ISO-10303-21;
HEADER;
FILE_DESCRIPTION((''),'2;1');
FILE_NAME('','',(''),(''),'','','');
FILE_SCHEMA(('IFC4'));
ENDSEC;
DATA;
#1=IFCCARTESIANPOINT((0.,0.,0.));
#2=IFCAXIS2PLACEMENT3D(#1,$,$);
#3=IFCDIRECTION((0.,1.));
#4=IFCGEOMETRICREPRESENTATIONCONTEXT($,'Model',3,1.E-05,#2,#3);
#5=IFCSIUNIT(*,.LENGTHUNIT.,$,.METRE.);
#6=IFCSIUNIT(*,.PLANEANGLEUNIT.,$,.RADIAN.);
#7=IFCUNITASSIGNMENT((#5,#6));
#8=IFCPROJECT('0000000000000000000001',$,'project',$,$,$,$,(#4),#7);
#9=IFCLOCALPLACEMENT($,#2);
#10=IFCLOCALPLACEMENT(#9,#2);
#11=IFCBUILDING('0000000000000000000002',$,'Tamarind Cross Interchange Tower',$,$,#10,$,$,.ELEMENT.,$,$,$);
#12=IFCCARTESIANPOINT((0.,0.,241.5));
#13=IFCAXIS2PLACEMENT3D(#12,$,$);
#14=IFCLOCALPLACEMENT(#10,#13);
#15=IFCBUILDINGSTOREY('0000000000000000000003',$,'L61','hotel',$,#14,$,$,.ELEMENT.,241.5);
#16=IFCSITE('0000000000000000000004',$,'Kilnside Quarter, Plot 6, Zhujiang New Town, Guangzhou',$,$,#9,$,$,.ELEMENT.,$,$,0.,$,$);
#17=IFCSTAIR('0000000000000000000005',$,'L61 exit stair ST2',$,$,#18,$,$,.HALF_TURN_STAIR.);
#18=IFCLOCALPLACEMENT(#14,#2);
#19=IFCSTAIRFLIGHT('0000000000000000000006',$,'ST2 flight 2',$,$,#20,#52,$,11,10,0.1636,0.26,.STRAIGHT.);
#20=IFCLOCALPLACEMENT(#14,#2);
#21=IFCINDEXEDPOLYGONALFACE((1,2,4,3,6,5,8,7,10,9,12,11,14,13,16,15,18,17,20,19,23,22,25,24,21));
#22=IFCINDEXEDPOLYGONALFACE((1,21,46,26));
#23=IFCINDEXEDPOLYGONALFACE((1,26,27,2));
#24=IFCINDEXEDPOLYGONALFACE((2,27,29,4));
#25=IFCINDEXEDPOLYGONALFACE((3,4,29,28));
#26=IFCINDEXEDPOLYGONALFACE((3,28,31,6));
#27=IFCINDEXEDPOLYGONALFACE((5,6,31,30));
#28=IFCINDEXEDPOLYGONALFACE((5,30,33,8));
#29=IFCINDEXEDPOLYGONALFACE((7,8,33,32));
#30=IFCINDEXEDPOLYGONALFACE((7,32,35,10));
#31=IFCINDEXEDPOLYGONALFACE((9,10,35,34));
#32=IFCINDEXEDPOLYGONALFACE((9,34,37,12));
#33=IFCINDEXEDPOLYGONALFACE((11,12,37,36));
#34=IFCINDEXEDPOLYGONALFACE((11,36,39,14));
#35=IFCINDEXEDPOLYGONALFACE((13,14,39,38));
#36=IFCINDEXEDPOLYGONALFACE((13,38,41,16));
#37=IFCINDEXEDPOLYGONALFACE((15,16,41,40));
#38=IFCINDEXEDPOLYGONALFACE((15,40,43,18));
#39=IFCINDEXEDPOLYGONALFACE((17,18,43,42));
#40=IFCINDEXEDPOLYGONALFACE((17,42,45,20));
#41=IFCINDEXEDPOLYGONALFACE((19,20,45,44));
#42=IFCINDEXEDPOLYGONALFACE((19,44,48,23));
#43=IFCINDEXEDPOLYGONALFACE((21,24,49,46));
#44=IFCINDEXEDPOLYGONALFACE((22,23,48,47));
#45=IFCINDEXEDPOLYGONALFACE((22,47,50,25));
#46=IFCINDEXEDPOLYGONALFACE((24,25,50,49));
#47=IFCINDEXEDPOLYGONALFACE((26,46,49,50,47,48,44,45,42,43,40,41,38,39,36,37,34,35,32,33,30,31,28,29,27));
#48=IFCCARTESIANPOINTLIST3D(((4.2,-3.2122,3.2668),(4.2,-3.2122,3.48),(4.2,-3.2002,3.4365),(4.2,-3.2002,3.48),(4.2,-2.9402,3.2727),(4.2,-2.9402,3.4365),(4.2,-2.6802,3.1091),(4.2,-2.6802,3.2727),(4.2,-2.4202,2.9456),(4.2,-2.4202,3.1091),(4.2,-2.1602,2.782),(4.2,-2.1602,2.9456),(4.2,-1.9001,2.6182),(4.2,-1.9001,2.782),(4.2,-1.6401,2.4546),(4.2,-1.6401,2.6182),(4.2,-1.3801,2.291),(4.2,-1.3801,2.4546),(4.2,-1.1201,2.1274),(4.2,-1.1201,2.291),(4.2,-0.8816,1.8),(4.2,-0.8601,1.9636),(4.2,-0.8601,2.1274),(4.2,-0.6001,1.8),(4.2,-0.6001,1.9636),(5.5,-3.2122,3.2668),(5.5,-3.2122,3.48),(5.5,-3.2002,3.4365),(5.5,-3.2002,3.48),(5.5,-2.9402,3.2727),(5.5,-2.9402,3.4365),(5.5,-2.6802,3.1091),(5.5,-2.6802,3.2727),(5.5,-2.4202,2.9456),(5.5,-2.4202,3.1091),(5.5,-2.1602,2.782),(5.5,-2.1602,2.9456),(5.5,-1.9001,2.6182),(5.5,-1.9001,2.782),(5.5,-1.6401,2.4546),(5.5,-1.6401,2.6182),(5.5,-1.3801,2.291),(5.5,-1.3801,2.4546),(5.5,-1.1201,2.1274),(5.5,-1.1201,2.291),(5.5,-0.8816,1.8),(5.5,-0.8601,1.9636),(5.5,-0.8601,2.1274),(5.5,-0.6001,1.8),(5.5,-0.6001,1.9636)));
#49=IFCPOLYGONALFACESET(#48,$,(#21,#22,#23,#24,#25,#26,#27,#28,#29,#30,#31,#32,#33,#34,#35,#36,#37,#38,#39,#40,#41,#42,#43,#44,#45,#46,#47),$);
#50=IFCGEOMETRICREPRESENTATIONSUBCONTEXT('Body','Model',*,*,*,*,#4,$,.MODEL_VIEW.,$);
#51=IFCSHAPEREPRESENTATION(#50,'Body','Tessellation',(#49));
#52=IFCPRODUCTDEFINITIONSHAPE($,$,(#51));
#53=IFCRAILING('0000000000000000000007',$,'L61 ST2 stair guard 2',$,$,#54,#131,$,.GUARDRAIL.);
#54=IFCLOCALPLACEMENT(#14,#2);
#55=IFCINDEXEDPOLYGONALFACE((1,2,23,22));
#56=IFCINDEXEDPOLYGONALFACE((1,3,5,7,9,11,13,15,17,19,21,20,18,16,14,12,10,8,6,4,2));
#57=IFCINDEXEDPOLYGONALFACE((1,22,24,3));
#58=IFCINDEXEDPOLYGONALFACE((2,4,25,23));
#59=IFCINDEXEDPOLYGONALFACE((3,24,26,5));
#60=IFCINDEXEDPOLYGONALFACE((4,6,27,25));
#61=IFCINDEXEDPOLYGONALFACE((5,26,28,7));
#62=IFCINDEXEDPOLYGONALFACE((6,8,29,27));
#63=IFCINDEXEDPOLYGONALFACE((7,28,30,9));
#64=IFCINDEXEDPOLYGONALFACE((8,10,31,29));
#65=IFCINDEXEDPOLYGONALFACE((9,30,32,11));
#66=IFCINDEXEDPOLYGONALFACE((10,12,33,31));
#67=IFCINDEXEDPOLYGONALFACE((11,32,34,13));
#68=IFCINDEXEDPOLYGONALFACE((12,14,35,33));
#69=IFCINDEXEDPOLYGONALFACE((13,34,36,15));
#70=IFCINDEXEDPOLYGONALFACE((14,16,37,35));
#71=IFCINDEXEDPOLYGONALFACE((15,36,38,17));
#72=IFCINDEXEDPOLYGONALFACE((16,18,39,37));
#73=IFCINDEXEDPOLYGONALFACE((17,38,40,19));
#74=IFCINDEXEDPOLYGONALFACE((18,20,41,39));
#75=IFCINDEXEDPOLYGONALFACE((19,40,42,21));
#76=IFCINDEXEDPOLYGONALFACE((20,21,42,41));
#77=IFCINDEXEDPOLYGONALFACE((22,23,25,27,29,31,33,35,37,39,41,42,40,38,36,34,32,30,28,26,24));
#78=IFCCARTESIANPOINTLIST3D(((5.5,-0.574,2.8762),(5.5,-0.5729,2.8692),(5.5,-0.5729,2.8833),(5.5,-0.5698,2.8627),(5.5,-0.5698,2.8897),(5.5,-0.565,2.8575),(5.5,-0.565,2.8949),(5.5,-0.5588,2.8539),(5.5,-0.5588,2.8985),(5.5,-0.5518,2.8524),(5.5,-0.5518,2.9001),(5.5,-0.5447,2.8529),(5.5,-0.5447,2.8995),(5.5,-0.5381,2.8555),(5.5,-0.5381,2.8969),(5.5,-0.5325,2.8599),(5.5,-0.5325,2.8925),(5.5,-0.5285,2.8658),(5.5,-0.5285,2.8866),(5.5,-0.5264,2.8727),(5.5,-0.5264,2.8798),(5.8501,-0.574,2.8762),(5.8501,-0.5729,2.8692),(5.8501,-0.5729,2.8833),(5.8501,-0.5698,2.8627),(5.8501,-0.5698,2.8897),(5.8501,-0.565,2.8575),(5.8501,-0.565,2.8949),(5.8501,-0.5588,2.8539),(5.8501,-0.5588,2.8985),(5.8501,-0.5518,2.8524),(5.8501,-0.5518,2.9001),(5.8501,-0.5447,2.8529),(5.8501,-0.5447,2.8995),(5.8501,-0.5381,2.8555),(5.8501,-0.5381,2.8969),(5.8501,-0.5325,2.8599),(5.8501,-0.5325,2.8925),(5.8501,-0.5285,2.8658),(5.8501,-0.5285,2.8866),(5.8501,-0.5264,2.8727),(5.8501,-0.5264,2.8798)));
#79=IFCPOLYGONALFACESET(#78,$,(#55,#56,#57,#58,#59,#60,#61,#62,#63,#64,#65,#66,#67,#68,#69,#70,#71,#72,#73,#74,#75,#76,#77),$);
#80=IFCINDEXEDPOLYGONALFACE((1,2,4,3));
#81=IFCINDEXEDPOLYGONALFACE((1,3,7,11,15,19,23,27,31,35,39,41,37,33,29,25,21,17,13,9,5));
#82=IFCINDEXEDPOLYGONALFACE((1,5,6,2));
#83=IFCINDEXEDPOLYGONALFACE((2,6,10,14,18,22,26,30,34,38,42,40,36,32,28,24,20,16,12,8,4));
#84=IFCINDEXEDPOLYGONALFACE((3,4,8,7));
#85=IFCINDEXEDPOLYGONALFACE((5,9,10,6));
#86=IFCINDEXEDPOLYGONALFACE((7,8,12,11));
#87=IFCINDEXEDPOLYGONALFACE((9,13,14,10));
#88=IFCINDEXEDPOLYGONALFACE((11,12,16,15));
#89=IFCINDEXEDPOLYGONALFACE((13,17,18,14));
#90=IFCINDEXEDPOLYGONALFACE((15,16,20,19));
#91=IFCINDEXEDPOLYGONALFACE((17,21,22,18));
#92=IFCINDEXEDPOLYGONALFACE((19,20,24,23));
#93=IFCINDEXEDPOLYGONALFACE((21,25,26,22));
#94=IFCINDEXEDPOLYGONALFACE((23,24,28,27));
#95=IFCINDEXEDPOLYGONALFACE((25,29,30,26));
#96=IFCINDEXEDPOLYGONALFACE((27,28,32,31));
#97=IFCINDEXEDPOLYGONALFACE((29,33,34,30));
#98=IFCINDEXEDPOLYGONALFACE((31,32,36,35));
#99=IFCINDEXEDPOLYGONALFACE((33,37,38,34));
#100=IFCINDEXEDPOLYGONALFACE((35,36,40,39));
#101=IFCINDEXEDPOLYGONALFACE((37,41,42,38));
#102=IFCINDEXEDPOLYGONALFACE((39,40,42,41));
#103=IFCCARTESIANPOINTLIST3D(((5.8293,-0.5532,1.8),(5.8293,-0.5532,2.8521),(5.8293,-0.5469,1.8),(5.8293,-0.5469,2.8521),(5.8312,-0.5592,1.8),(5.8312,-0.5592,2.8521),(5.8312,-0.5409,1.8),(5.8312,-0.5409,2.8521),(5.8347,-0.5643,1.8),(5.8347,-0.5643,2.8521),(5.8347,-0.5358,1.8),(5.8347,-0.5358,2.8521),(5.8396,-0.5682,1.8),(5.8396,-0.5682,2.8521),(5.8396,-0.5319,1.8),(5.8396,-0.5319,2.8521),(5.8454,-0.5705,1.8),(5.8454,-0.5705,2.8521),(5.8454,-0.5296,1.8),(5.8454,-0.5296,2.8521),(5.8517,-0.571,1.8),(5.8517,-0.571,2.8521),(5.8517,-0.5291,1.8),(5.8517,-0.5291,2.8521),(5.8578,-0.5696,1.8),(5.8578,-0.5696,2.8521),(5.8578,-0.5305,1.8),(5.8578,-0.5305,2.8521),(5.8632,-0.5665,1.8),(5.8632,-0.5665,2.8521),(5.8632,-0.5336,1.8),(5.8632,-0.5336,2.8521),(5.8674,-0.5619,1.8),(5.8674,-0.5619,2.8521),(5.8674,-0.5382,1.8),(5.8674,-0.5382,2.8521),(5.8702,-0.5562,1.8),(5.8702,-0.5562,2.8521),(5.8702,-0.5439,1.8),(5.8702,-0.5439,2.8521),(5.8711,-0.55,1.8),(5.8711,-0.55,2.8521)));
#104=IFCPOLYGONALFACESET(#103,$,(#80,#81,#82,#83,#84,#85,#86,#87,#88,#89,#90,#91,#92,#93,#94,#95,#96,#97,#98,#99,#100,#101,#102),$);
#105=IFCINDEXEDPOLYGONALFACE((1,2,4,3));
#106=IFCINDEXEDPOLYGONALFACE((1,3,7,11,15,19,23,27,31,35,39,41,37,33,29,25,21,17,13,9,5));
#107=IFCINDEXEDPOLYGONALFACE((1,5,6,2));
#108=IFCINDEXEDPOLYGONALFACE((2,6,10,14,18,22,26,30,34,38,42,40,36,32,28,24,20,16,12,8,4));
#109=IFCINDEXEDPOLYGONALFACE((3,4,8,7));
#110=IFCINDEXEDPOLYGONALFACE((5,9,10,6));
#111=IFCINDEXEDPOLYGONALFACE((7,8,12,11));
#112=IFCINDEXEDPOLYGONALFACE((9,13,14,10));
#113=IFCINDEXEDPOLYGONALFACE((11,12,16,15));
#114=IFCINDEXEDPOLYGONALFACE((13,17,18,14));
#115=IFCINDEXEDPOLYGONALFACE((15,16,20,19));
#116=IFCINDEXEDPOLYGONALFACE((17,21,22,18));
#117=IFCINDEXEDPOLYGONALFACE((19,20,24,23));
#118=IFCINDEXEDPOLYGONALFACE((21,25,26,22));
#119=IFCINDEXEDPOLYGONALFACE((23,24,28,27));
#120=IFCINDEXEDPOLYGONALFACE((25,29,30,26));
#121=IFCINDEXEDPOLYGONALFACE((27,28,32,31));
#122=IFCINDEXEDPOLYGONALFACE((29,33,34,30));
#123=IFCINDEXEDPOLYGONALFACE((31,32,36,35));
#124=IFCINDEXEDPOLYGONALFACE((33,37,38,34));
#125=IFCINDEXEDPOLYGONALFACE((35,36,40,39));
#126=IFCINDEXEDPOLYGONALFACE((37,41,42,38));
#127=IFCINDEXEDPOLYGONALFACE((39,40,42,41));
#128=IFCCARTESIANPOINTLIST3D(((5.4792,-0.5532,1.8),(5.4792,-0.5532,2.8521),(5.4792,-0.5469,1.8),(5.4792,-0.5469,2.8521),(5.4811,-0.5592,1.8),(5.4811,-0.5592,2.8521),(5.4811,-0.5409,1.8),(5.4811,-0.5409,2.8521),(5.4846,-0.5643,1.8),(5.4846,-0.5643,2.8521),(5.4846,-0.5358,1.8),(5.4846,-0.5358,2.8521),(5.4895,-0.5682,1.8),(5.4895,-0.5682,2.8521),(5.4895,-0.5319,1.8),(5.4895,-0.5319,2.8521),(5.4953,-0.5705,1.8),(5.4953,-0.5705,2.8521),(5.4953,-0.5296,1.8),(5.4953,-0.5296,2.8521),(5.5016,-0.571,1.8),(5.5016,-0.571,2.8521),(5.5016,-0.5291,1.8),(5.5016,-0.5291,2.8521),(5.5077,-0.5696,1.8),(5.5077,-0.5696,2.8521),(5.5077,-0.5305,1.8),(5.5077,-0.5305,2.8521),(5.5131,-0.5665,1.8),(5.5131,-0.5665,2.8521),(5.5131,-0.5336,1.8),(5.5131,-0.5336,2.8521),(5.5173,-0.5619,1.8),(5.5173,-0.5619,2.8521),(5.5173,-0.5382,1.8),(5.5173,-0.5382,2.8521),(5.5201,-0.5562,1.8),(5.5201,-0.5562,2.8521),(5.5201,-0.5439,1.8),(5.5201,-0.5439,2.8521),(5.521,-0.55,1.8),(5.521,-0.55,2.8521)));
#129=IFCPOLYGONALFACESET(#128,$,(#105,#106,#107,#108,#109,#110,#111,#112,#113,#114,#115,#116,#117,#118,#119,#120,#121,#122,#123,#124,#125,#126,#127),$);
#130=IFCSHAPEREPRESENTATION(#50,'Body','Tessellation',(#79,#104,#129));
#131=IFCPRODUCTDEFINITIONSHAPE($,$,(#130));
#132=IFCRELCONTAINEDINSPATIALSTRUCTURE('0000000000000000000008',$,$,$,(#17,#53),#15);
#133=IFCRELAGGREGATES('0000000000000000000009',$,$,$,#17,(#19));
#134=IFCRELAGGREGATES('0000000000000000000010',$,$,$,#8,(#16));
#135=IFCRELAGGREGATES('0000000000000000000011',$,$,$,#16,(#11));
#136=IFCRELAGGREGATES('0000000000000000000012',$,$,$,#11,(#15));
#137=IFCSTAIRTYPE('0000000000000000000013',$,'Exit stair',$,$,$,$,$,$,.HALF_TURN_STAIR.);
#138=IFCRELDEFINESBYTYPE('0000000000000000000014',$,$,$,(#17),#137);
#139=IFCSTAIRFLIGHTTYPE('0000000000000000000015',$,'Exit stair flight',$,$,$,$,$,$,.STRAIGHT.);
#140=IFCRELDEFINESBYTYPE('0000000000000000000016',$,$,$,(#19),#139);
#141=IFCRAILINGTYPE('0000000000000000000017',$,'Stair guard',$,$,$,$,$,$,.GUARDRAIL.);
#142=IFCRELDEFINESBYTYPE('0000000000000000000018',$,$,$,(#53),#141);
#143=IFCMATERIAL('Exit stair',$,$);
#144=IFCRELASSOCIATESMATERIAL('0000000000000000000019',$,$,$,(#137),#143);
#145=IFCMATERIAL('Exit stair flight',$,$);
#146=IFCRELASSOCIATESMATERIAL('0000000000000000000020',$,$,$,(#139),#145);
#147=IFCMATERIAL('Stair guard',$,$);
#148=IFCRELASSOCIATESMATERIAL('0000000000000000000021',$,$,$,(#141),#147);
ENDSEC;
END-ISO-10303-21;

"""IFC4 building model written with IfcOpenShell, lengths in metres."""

from ifc_helpers import new_model, si_unit, direction, frame, origin, origin_2d, place, context, subcontext, project, spatial, polyline, circle, outline, extrude, material, type_object, element, aggregate, save


model = new_model("IFC4")

# Units and contexts
model_context = context("Model", 3, precision=1e-05, world=origin(), true_north=direction((0.0, 1.0)))
body_context = subcontext(model_context, "Body", "Model", "MODEL_VIEW")
ifc_project = project(units=[si_unit("LENGTHUNIT", "METRE"), si_unit("PLANEANGLEUNIT", "RADIAN")], contexts=[model_context])

# Site, building, storey
site_placement = place(None, origin())
site = spatial("IfcSite", under=ifc_project, at=site_placement, Name="Kilnside Quarter, Plot 6, Zhujiang New Town, Guangzhou", CompositionType="ELEMENT", RefElevation=0.0)
building_placement = place(site_placement, origin())
building = spatial("IfcBuilding", under=site, at=building_placement, Name="Tamarind Cross Interchange Tower", CompositionType="ELEMENT")
storey_placement = place(building_placement, frame((0.0, 0.0, 241.5)))
storey = spatial("IfcBuildingStorey", under=building, at=storey_placement, Name="L61", Description="hotel", CompositionType="ELEMENT", Elevation=241.5)

# Stair, stair flight
ifc_material_1 = material(Name="Exit stair")
stair_type = type_object("IfcStairType", Name="Exit stair", PredefinedType="HALF_TURN_STAIR", material=ifc_material_1)
stair_placement = place(storey_placement, origin())
stair = element("IfcStair", 1, at=stair_placement, inside=storey, type_object=stair_type, Name="L61 exit stair ST2", PredefinedType="HALF_TURN_STAIR")
ifc_material_2 = material(Name="Exit stair flight")
stair_flight_type = type_object("IfcStairFlightType", Name="Exit stair flight", PredefinedType="STRAIGHT", material=ifc_material_2)
stair_flight_1_placement = place(storey_placement, frame((4.8501, -0.6001, 1.8), z_axis=(0.0, 0.0, 1.0), x_axis=(0.0, -1.0, 0.0)))
stair_flight_1 = element("IfcStairFlight", 2, at=stair_flight_1_placement, type_object=stair_flight_type, Name="ST2 flight 2", NumberOfRisers=11, NumberOfTreads=10, PredefinedType="STRAIGHT", RiserHeight=0.1636, TreadLength=0.26, context=body_context, shape_type="SweptSolid", body=[
    extrude(outline(polyline([(0.0, 0.0), (0.0, 0.1636), (0.26, 0.1636), (0.26, 0.3274), (0.52, 0.3274), (0.52, 0.491), (0.78, 0.491), (0.78, 0.6545), (1.04, 0.6545), (1.04, 0.8181), (1.3, 0.8181), (1.3, 0.9819), (1.5601, 0.9819), (1.5601, 1.1455), (1.8201, 1.1455), (1.8201, 1.3091), (2.0801, 1.3091), (2.0801, 1.4727), (2.3401, 1.4727), (2.3401, 1.6365), (2.6001, 1.6365), (2.6001, 1.6799), (2.6121, 1.6799), (2.6121, 1.4668), (0.2815, 0.0), (0.0, 0.0)])), frame((0.0, 0.6499, 0.0), z_axis=(0.0, -1.0, 0.0), x_axis=(1.0, 0.0, 0.0)), (0.0, 0.0, 1.0), 1.3),
])
aggregate(stair, [stair_flight_1])

# Railing
ifc_material_3 = material(Name="Stair guard")
railing_type_1 = type_object("IfcRailingType", Name="Stair guard", PredefinedType="GUARDRAIL", material=ifc_material_3)
railing_1_placement = place(storey_placement, frame((5.8501, -0.55, 1.8)))
element("IfcRailing", 3, at=railing_1_placement, inside=storey, type_object=railing_type_1, Name="L61 ST2 stair guard 2", PredefinedType="GUARDRAIL", context=body_context, shape_type="SweptSolid", body=[
    extrude(circle(Radius=0.0239, at=origin_2d()), frame((0.0, 0.0, 1.0762), z_axis=(-1.0, 0.0, 0.0), x_axis=(0.0, -1.0, 0.0)), (0.0, 0.0, 1.0), 0.3501),
    extrude(circle(Radius=0.021, at=origin_2d()), origin(), (0.0, 0.0, 1.0), 1.052),
    extrude(circle(Radius=0.021, at=origin_2d()), frame((-0.3501, 0.0, 0.0)), (0.0, 0.0, 1.0), 1.052),
])

save(model, "model.ifc")
